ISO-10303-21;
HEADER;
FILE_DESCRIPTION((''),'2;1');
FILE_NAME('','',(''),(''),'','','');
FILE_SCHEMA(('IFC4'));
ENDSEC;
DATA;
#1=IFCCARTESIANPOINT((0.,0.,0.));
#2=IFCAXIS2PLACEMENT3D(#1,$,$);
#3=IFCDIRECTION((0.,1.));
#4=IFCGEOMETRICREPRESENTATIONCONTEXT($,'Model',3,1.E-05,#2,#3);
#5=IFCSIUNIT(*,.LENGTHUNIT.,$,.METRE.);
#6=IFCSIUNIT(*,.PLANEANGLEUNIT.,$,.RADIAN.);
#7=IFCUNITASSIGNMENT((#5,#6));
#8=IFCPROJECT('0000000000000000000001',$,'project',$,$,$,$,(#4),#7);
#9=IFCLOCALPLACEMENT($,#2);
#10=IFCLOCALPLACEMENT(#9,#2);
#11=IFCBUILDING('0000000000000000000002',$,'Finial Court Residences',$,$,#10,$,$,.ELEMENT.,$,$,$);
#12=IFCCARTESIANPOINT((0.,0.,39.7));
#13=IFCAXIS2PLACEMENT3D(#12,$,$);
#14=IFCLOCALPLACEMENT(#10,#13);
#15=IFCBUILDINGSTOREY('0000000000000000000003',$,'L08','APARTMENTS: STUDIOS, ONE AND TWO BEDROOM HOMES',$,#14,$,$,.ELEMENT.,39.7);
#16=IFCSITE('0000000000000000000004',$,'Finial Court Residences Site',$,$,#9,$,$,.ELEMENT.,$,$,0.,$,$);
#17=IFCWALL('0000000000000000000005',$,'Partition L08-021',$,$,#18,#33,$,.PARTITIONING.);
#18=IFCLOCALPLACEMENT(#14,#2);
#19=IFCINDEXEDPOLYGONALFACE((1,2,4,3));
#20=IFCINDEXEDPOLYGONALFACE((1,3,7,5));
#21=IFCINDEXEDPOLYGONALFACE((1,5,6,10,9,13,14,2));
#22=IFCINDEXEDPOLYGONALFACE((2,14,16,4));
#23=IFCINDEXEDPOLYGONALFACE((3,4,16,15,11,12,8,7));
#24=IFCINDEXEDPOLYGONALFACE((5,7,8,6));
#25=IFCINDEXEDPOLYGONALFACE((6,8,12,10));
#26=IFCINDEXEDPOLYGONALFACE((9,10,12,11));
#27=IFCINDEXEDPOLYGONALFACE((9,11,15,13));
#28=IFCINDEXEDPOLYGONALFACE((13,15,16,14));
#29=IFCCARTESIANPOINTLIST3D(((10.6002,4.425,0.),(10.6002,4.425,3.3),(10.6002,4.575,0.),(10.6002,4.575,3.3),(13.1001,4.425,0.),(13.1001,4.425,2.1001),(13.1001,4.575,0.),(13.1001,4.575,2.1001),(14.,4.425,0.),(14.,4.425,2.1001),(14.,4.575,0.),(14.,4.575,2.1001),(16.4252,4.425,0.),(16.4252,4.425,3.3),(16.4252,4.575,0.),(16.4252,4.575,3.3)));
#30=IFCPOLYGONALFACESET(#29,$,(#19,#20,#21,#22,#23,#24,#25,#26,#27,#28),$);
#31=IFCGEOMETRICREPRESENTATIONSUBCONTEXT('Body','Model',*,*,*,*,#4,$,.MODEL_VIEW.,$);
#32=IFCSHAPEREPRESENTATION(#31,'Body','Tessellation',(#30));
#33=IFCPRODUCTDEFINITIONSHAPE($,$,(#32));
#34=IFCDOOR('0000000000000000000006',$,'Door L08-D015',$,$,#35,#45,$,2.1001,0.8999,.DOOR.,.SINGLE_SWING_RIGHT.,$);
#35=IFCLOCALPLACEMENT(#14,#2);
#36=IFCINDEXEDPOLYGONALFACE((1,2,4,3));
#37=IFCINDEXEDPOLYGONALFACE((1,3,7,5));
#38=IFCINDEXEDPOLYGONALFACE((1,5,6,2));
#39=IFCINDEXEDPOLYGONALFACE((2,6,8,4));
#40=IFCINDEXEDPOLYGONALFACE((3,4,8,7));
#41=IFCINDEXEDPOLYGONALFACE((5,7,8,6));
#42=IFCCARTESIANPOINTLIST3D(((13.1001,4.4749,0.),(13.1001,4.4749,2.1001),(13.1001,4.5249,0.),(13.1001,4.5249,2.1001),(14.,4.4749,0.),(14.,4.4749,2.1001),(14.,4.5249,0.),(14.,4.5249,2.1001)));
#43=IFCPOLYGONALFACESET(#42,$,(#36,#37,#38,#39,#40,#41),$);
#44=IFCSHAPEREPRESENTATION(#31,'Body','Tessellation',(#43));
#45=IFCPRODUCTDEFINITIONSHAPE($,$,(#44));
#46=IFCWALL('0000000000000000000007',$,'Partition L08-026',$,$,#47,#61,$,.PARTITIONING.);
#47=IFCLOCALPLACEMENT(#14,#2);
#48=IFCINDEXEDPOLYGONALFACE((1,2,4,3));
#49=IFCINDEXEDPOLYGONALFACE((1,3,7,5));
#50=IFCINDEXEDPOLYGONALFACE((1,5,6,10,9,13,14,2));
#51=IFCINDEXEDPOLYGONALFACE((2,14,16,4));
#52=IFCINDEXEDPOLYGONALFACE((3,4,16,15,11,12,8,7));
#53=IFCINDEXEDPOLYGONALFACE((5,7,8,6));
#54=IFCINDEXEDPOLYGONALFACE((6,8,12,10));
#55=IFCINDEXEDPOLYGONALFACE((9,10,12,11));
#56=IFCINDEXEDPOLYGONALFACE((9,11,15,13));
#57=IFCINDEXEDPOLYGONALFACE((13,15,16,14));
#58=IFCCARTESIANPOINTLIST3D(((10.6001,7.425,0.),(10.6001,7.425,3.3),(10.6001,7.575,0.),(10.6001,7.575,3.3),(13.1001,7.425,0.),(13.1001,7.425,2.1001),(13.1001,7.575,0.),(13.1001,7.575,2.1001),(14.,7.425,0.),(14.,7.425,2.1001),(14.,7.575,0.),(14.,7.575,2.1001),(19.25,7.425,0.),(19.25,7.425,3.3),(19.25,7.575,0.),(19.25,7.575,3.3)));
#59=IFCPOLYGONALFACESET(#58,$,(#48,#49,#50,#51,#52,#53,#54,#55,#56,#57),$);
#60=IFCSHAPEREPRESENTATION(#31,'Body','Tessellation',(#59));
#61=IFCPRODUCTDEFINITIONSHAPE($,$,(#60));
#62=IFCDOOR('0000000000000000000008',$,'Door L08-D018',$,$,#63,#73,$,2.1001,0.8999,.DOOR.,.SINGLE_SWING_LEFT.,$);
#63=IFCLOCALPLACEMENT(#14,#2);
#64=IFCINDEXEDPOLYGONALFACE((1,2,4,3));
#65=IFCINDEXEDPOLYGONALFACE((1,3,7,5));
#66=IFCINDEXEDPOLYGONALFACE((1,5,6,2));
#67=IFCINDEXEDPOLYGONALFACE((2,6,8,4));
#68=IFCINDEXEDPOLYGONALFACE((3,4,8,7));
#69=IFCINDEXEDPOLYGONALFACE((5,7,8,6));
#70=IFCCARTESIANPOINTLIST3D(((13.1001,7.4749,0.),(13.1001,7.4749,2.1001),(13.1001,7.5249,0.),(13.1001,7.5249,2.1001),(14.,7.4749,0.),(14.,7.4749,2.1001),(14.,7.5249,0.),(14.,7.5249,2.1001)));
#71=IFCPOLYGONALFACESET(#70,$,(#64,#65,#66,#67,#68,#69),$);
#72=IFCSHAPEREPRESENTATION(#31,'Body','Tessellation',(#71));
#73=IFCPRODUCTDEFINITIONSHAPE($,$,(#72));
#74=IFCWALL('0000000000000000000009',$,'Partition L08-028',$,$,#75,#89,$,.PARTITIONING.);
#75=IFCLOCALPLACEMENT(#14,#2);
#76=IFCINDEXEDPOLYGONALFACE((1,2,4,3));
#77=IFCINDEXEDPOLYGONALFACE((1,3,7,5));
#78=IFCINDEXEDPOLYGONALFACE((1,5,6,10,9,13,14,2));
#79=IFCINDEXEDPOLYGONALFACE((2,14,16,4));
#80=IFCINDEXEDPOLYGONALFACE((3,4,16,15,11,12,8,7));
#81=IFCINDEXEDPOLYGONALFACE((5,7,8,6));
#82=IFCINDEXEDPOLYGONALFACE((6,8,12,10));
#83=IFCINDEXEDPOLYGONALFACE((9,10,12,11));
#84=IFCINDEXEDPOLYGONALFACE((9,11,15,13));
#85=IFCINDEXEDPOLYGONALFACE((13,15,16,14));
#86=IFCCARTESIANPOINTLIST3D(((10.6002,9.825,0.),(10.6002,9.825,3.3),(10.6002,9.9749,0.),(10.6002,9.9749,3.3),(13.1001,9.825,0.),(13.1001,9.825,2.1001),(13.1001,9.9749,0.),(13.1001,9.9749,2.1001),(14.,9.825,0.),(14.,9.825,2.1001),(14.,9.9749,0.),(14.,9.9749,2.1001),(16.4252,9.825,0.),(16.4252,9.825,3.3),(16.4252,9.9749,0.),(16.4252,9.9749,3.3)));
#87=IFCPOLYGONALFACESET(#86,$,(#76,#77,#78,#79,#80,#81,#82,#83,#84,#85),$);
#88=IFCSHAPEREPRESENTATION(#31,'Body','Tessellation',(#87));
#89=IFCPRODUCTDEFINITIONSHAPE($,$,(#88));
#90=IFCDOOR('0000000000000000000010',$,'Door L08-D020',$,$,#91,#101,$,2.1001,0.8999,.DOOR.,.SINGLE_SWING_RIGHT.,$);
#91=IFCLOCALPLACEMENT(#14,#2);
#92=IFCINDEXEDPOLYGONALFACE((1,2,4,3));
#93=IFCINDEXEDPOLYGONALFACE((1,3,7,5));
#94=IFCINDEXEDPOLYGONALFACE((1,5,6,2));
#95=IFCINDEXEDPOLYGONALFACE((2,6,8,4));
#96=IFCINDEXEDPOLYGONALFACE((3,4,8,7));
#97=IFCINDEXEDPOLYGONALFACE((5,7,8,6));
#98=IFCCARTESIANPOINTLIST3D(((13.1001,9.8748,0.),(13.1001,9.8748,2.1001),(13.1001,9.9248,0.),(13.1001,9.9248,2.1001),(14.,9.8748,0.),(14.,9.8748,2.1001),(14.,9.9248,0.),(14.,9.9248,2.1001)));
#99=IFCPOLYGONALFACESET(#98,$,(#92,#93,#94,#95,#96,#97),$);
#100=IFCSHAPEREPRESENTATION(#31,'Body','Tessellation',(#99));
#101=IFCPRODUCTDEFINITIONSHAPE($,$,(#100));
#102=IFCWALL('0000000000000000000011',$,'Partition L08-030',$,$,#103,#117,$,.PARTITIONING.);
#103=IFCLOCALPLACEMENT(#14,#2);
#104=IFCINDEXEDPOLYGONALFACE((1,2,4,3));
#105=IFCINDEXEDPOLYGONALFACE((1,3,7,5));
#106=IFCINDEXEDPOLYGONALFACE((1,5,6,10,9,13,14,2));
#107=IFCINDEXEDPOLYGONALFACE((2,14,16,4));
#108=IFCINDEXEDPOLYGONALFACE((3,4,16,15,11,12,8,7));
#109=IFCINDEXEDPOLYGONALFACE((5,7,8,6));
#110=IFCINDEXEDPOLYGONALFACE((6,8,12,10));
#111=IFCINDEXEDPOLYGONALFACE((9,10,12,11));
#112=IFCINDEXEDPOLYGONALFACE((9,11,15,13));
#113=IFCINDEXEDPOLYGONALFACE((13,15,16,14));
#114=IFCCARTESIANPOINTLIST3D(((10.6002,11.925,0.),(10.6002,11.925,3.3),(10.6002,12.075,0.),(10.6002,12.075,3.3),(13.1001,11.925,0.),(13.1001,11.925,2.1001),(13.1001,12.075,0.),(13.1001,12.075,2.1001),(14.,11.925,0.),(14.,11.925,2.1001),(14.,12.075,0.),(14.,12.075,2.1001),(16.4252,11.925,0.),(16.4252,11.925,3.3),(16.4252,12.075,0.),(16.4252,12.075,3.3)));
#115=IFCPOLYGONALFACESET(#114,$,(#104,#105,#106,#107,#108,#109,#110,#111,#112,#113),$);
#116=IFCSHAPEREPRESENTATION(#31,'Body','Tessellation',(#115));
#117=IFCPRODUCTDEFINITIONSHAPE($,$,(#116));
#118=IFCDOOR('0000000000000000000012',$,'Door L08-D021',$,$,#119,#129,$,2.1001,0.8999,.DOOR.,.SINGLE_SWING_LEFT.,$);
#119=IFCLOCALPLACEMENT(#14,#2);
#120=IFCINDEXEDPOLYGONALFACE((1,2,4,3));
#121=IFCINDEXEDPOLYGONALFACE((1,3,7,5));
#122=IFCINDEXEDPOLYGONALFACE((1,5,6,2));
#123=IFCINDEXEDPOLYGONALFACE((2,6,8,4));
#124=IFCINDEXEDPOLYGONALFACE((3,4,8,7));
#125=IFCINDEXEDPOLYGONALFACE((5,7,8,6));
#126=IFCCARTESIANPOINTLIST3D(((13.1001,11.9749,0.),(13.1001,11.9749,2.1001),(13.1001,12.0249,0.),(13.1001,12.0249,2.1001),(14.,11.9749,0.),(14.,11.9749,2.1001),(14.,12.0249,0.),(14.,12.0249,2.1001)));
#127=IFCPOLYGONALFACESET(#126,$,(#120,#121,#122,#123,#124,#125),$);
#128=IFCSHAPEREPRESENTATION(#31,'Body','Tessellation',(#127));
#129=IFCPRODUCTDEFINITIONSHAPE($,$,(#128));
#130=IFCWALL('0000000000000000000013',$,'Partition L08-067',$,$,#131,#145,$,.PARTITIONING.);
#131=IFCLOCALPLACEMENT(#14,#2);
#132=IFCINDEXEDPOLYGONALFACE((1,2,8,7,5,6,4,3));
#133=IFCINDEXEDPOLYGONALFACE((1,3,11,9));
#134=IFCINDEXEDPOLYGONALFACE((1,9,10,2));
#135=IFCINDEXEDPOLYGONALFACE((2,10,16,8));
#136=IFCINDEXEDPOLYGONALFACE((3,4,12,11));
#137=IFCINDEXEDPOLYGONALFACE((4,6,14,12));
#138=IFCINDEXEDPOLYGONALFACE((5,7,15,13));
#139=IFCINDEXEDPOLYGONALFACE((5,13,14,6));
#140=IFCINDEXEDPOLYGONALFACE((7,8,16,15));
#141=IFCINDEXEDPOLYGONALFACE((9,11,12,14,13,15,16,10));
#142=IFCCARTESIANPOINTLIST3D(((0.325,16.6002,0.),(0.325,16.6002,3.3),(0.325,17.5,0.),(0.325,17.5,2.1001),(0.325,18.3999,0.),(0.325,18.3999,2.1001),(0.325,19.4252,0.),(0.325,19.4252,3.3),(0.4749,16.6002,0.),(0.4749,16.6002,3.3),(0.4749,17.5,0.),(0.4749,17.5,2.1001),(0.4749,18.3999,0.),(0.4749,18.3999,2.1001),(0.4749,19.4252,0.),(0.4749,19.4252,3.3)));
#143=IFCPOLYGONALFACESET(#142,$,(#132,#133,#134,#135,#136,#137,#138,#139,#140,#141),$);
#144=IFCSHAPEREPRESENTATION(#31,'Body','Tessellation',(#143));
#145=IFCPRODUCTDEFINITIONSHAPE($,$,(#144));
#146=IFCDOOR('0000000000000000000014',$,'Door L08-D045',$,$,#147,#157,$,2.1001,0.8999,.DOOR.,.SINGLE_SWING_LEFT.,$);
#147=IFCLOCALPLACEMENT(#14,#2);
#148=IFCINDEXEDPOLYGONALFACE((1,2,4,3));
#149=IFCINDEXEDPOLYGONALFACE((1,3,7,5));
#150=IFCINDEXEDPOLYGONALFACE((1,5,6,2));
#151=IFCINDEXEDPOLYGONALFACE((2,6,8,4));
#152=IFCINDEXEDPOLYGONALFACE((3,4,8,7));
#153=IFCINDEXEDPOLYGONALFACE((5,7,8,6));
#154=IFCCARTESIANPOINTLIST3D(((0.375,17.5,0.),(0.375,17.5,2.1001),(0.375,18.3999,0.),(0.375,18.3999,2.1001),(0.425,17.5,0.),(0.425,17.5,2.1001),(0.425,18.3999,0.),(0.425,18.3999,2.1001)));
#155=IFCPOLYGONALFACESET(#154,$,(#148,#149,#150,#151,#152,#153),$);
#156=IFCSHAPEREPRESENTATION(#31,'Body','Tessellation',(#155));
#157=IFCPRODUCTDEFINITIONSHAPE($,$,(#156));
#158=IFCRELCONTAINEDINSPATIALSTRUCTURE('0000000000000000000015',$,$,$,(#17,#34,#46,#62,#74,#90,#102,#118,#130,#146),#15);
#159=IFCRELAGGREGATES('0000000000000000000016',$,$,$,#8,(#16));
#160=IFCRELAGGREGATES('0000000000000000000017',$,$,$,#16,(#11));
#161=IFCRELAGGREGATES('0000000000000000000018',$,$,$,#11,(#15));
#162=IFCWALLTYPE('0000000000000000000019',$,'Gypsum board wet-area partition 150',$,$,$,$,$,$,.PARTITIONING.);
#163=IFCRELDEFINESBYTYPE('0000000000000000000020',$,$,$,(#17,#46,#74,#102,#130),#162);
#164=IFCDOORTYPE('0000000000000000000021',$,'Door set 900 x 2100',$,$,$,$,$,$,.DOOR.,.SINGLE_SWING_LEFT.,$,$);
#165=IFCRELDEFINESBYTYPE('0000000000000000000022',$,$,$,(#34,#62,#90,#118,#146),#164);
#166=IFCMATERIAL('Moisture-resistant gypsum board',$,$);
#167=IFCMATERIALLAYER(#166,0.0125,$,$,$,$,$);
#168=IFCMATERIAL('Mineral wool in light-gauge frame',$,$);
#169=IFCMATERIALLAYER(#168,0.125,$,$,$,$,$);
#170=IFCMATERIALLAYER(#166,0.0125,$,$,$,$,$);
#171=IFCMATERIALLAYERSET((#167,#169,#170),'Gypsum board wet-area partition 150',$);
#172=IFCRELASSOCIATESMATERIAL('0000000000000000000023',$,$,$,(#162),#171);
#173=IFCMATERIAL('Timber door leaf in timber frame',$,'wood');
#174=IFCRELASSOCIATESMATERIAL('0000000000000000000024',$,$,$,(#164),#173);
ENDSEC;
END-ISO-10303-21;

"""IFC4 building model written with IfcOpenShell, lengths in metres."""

from ifc_helpers import new_model, si_unit, direction, frame, frame_2d, origin, place, context, subcontext, project, spatial, rectangle, extrude, material, layer, layer_set, type_object, element, fill, save


model = new_model("IFC4")

# Units and contexts
model_context = context("Model", 3, precision=1e-05, world=origin(), true_north=direction((0.0, 1.0)))
body_context = subcontext(model_context, "Body", "Model", "MODEL_VIEW")
ifc_project = project(units=[si_unit("LENGTHUNIT", "METRE"), si_unit("PLANEANGLEUNIT", "RADIAN")], contexts=[model_context])

# Site, building, storey
site_placement = place(None, origin())
site = spatial("IfcSite", under=ifc_project, at=site_placement, Name="Finial Court Residences Site", CompositionType="ELEMENT", RefElevation=0.0)
building_placement = place(site_placement, origin())
building = spatial("IfcBuilding", under=site, at=building_placement, Name="Finial Court Residences", CompositionType="ELEMENT")
storey_placement = place(building_placement, frame((0.0, 0.0, 39.7)))
storey = spatial("IfcBuildingStorey", under=building, at=storey_placement, Name="L08", Description="APARTMENTS: STUDIOS, ONE AND TWO BEDROOM HOMES", CompositionType="ELEMENT", Elevation=39.7)

# Shared definitions
ifc_material_1 = material(Name="Mineral wool in light-gauge frame")

# Walls, openings, doors
ifc_material_2 = material(Name="Moisture-resistant gypsum board")
ifc_layer_1 = layer(ifc_material_2, 0.0125)
ifc_layer_2 = layer(ifc_material_1, 0.125)
ifc_layer_3 = layer(ifc_material_2, 0.0125)
ifc_layer_set_1 = layer_set([ifc_layer_1, ifc_layer_2, ifc_layer_3], Name="Gypsum board wet-area partition 150")
wall_type_1 = type_object("IfcWallType", Name="Gypsum board wet-area partition 150", PredefinedType="PARTITIONING", material=ifc_layer_set_1)
wall_1_placement = place(storey_placement, frame((10.6001, 4.5, 0.0), z_axis=(0.0, 0.0, 1.0), x_axis=(1.0, 0.0, 0.0)))
wall_1 = element("IfcWall", 1, at=wall_1_placement, inside=storey, type_object=wall_type_1, Name="Partition L08-021", PredefinedType="PARTITIONING", context=body_context, shape_type="SweptSolid", body=[
    extrude(rectangle(XDim=5.825, YDim=0.1499, at=frame_2d((2.9126, 0.0))), origin(), (0.0, 0.0, 1.0), 3.3),
])
opening_1_placement = place(wall_1_placement, frame((2.5, 0.0, 0.0)))
opening_1 = element("IfcOpeningElement", 2, at=opening_1_placement, cuts=wall_1, PredefinedType="OPENING", context=body_context, shape_type="SweptSolid", body=[
    extrude(rectangle(XDim=0.8999, YDim=2.1001, at=frame_2d((0.45, 1.05))), frame((0.0, 0.085, 0.0), z_axis=(0.0, -1.0, 0.0), x_axis=(1.0, 0.0, 0.0)), (0.0, 0.0, 1.0), 0.1699),
])
ifc_material_3 = material(Name="Timber door leaf in timber frame", Category="wood")
door_type = type_object("IfcDoorType", Name="Door set 900 x 2100", OperationType="SINGLE_SWING_LEFT", PredefinedType="DOOR", material=ifc_material_3)
door_1_placement = place(opening_1_placement, origin())
door_1 = element("IfcDoor", 3, at=door_1_placement, inside=storey, type_object=door_type, Name="Door L08-D015", OperationType="SINGLE_SWING_RIGHT", OverallHeight=2.1001, OverallWidth=0.8999, PredefinedType="DOOR", context=body_context, shape_type="SweptSolid", body=[
    extrude(rectangle(XDim=0.8999, YDim=2.1001, at=frame_2d((0.45, 1.05))), frame((0.0, 0.0249, 0.0), z_axis=(0.0, -1.0, 0.0), x_axis=(1.0, 0.0, 0.0)), (0.0, 0.0, 1.0), 0.05),
])
fill(opening_1, door_1)
wall_2_placement = place(storey_placement, frame((10.6001, 7.5, 0.0), z_axis=(0.0, 0.0, 1.0), x_axis=(1.0, 0.0, 0.0)))
wall_2 = element("IfcWall", 4, at=wall_2_placement, inside=storey, type_object=wall_type_1, Name="Partition L08-026", PredefinedType="PARTITIONING", context=body_context, shape_type="SweptSolid", body=[
    extrude(rectangle(XDim=8.6499, YDim=0.1499, at=frame_2d((4.325, 0.0))), origin(), (0.0, 0.0, 1.0), 3.3),
])
opening_2_placement = place(wall_2_placement, frame((2.5, 0.0, 0.0)))
opening_2 = element("IfcOpeningElement", 5, at=opening_2_placement, cuts=wall_2, PredefinedType="OPENING", context=body_context, shape_type="SweptSolid", body=[
    extrude(rectangle(XDim=0.8999, YDim=2.1001, at=frame_2d((0.45, 1.05))), frame((0.0, 0.085, 0.0), z_axis=(0.0, -1.0, 0.0), x_axis=(1.0, 0.0, 0.0)), (0.0, 0.0, 1.0), 0.1699),
])
door_2_placement = place(opening_2_placement, origin())
door_2 = element("IfcDoor", 6, at=door_2_placement, inside=storey, type_object=door_type, Name="Door L08-D018", OperationType="SINGLE_SWING_LEFT", OverallHeight=2.1001, OverallWidth=0.8999, PredefinedType="DOOR", context=body_context, shape_type="SweptSolid", body=[
    extrude(rectangle(XDim=0.8999, YDim=2.1001, at=frame_2d((0.45, 1.05))), frame((0.0, 0.0249, 0.0), z_axis=(0.0, -1.0, 0.0), x_axis=(1.0, 0.0, 0.0)), (0.0, 0.0, 1.0), 0.05),
])
fill(opening_2, door_2)
wall_3_placement = place(storey_placement, frame((10.6001, 9.8999, 0.0), z_axis=(0.0, 0.0, 1.0), x_axis=(1.0, 0.0, 0.0)))
wall_3 = element("IfcWall", 7, at=wall_3_placement, inside=storey, type_object=wall_type_1, Name="Partition L08-028", PredefinedType="PARTITIONING", context=body_context, shape_type="SweptSolid", body=[
    extrude(rectangle(XDim=5.825, YDim=0.1499, at=frame_2d((2.9126, 0.0))), origin(), (0.0, 0.0, 1.0), 3.3),
])
opening_3_placement = place(wall_3_placement, frame((2.5, 0.0, 0.0)))
opening_3 = element("IfcOpeningElement", 8, at=opening_3_placement, cuts=wall_3, PredefinedType="OPENING", context=body_context, shape_type="SweptSolid", body=[
    extrude(rectangle(XDim=0.8999, YDim=2.1001, at=frame_2d((0.45, 1.05))), frame((0.0, 0.085, 0.0), z_axis=(0.0, -1.0, 0.0), x_axis=(1.0, 0.0, 0.0)), (0.0, 0.0, 1.0), 0.1699),
])
door_3_placement = place(opening_3_placement, origin())
door_3 = element("IfcDoor", 9, at=door_3_placement, inside=storey, type_object=door_type, Name="Door L08-D020", OperationType="SINGLE_SWING_RIGHT", OverallHeight=2.1001, OverallWidth=0.8999, PredefinedType="DOOR", context=body_context, shape_type="SweptSolid", body=[
    extrude(rectangle(XDim=0.8999, YDim=2.1001, at=frame_2d((0.45, 1.05))), frame((0.0, 0.0249, 0.0), z_axis=(0.0, -1.0, 0.0), x_axis=(1.0, 0.0, 0.0)), (0.0, 0.0, 1.0), 0.05),
])
fill(opening_3, door_3)
wall_4_placement = place(storey_placement, frame((10.6001, 12.0, 0.0), z_axis=(0.0, 0.0, 1.0), x_axis=(1.0, 0.0, 0.0)))
wall_4 = element("IfcWall", 10, at=wall_4_placement, inside=storey, type_object=wall_type_1, Name="Partition L08-030", PredefinedType="PARTITIONING", context=body_context, shape_type="SweptSolid", body=[
    extrude(rectangle(XDim=5.825, YDim=0.1499, at=frame_2d((2.9126, 0.0))), origin(), (0.0, 0.0, 1.0), 3.3),
])
opening_4_placement = place(wall_4_placement, frame((2.5, 0.0, 0.0)))
opening_4 = element("IfcOpeningElement", 11, at=opening_4_placement, cuts=wall_4, PredefinedType="OPENING", context=body_context, shape_type="SweptSolid", body=[
    extrude(rectangle(XDim=0.8999, YDim=2.1001, at=frame_2d((0.45, 1.05))), frame((0.0, 0.085, 0.0), z_axis=(0.0, -1.0, 0.0), x_axis=(1.0, 0.0, 0.0)), (0.0, 0.0, 1.0), 0.1699),
])
door_4_placement = place(opening_4_placement, origin())
door_4 = element("IfcDoor", 12, at=door_4_placement, inside=storey, type_object=door_type, Name="Door L08-D021", OperationType="SINGLE_SWING_LEFT", OverallHeight=2.1001, OverallWidth=0.8999, PredefinedType="DOOR", context=body_context, shape_type="SweptSolid", body=[
    extrude(rectangle(XDim=0.8999, YDim=2.1001, at=frame_2d((0.45, 1.05))), frame((0.0, 0.0249, 0.0), z_axis=(0.0, -1.0, 0.0), x_axis=(1.0, 0.0, 0.0)), (0.0, 0.0, 1.0), 0.05),
])
fill(opening_4, door_4)
wall_5_placement = place(storey_placement, frame((0.3999, 16.6001, 0.0), z_axis=(0.0, 0.0, 1.0), x_axis=(0.0, 1.0, 0.0)))
wall_5 = element("IfcWall", 13, at=wall_5_placement, inside=storey, type_object=wall_type_1, Name="Partition L08-067", PredefinedType="PARTITIONING", context=body_context, shape_type="SweptSolid", body=[
    extrude(rectangle(XDim=2.825, YDim=0.1499, at=frame_2d((1.4126, 0.0))), origin(), (0.0, 0.0, 1.0), 3.3),
])
opening_5_placement = place(wall_5_placement, frame((0.8999, 0.0, 0.0)))
opening_5 = element("IfcOpeningElement", 14, at=opening_5_placement, cuts=wall_5, PredefinedType="OPENING", context=body_context, shape_type="SweptSolid", body=[
    extrude(rectangle(XDim=0.8999, YDim=2.1001, at=frame_2d((0.45, 1.05))), frame((0.0, 0.085, 0.0), z_axis=(0.0, -1.0, 0.0), x_axis=(1.0, 0.0, 0.0)), (0.0, 0.0, 1.0), 0.1699),
])
door_5_placement = place(opening_5_placement, origin())
door_5 = element("IfcDoor", 15, at=door_5_placement, inside=storey, type_object=door_type, Name="Door L08-D045", OperationType="SINGLE_SWING_LEFT", OverallHeight=2.1001, OverallWidth=0.8999, PredefinedType="DOOR", context=body_context, shape_type="SweptSolid", body=[
    extrude(rectangle(XDim=0.8999, YDim=2.1001, at=frame_2d((0.45, 1.05))), frame((0.0, 0.0249, 0.0), z_axis=(0.0, -1.0, 0.0), x_axis=(1.0, 0.0, 0.0)), (0.0, 0.0, 1.0), 0.05),
])
fill(opening_5, door_5)

save(model, "model.ifc")
